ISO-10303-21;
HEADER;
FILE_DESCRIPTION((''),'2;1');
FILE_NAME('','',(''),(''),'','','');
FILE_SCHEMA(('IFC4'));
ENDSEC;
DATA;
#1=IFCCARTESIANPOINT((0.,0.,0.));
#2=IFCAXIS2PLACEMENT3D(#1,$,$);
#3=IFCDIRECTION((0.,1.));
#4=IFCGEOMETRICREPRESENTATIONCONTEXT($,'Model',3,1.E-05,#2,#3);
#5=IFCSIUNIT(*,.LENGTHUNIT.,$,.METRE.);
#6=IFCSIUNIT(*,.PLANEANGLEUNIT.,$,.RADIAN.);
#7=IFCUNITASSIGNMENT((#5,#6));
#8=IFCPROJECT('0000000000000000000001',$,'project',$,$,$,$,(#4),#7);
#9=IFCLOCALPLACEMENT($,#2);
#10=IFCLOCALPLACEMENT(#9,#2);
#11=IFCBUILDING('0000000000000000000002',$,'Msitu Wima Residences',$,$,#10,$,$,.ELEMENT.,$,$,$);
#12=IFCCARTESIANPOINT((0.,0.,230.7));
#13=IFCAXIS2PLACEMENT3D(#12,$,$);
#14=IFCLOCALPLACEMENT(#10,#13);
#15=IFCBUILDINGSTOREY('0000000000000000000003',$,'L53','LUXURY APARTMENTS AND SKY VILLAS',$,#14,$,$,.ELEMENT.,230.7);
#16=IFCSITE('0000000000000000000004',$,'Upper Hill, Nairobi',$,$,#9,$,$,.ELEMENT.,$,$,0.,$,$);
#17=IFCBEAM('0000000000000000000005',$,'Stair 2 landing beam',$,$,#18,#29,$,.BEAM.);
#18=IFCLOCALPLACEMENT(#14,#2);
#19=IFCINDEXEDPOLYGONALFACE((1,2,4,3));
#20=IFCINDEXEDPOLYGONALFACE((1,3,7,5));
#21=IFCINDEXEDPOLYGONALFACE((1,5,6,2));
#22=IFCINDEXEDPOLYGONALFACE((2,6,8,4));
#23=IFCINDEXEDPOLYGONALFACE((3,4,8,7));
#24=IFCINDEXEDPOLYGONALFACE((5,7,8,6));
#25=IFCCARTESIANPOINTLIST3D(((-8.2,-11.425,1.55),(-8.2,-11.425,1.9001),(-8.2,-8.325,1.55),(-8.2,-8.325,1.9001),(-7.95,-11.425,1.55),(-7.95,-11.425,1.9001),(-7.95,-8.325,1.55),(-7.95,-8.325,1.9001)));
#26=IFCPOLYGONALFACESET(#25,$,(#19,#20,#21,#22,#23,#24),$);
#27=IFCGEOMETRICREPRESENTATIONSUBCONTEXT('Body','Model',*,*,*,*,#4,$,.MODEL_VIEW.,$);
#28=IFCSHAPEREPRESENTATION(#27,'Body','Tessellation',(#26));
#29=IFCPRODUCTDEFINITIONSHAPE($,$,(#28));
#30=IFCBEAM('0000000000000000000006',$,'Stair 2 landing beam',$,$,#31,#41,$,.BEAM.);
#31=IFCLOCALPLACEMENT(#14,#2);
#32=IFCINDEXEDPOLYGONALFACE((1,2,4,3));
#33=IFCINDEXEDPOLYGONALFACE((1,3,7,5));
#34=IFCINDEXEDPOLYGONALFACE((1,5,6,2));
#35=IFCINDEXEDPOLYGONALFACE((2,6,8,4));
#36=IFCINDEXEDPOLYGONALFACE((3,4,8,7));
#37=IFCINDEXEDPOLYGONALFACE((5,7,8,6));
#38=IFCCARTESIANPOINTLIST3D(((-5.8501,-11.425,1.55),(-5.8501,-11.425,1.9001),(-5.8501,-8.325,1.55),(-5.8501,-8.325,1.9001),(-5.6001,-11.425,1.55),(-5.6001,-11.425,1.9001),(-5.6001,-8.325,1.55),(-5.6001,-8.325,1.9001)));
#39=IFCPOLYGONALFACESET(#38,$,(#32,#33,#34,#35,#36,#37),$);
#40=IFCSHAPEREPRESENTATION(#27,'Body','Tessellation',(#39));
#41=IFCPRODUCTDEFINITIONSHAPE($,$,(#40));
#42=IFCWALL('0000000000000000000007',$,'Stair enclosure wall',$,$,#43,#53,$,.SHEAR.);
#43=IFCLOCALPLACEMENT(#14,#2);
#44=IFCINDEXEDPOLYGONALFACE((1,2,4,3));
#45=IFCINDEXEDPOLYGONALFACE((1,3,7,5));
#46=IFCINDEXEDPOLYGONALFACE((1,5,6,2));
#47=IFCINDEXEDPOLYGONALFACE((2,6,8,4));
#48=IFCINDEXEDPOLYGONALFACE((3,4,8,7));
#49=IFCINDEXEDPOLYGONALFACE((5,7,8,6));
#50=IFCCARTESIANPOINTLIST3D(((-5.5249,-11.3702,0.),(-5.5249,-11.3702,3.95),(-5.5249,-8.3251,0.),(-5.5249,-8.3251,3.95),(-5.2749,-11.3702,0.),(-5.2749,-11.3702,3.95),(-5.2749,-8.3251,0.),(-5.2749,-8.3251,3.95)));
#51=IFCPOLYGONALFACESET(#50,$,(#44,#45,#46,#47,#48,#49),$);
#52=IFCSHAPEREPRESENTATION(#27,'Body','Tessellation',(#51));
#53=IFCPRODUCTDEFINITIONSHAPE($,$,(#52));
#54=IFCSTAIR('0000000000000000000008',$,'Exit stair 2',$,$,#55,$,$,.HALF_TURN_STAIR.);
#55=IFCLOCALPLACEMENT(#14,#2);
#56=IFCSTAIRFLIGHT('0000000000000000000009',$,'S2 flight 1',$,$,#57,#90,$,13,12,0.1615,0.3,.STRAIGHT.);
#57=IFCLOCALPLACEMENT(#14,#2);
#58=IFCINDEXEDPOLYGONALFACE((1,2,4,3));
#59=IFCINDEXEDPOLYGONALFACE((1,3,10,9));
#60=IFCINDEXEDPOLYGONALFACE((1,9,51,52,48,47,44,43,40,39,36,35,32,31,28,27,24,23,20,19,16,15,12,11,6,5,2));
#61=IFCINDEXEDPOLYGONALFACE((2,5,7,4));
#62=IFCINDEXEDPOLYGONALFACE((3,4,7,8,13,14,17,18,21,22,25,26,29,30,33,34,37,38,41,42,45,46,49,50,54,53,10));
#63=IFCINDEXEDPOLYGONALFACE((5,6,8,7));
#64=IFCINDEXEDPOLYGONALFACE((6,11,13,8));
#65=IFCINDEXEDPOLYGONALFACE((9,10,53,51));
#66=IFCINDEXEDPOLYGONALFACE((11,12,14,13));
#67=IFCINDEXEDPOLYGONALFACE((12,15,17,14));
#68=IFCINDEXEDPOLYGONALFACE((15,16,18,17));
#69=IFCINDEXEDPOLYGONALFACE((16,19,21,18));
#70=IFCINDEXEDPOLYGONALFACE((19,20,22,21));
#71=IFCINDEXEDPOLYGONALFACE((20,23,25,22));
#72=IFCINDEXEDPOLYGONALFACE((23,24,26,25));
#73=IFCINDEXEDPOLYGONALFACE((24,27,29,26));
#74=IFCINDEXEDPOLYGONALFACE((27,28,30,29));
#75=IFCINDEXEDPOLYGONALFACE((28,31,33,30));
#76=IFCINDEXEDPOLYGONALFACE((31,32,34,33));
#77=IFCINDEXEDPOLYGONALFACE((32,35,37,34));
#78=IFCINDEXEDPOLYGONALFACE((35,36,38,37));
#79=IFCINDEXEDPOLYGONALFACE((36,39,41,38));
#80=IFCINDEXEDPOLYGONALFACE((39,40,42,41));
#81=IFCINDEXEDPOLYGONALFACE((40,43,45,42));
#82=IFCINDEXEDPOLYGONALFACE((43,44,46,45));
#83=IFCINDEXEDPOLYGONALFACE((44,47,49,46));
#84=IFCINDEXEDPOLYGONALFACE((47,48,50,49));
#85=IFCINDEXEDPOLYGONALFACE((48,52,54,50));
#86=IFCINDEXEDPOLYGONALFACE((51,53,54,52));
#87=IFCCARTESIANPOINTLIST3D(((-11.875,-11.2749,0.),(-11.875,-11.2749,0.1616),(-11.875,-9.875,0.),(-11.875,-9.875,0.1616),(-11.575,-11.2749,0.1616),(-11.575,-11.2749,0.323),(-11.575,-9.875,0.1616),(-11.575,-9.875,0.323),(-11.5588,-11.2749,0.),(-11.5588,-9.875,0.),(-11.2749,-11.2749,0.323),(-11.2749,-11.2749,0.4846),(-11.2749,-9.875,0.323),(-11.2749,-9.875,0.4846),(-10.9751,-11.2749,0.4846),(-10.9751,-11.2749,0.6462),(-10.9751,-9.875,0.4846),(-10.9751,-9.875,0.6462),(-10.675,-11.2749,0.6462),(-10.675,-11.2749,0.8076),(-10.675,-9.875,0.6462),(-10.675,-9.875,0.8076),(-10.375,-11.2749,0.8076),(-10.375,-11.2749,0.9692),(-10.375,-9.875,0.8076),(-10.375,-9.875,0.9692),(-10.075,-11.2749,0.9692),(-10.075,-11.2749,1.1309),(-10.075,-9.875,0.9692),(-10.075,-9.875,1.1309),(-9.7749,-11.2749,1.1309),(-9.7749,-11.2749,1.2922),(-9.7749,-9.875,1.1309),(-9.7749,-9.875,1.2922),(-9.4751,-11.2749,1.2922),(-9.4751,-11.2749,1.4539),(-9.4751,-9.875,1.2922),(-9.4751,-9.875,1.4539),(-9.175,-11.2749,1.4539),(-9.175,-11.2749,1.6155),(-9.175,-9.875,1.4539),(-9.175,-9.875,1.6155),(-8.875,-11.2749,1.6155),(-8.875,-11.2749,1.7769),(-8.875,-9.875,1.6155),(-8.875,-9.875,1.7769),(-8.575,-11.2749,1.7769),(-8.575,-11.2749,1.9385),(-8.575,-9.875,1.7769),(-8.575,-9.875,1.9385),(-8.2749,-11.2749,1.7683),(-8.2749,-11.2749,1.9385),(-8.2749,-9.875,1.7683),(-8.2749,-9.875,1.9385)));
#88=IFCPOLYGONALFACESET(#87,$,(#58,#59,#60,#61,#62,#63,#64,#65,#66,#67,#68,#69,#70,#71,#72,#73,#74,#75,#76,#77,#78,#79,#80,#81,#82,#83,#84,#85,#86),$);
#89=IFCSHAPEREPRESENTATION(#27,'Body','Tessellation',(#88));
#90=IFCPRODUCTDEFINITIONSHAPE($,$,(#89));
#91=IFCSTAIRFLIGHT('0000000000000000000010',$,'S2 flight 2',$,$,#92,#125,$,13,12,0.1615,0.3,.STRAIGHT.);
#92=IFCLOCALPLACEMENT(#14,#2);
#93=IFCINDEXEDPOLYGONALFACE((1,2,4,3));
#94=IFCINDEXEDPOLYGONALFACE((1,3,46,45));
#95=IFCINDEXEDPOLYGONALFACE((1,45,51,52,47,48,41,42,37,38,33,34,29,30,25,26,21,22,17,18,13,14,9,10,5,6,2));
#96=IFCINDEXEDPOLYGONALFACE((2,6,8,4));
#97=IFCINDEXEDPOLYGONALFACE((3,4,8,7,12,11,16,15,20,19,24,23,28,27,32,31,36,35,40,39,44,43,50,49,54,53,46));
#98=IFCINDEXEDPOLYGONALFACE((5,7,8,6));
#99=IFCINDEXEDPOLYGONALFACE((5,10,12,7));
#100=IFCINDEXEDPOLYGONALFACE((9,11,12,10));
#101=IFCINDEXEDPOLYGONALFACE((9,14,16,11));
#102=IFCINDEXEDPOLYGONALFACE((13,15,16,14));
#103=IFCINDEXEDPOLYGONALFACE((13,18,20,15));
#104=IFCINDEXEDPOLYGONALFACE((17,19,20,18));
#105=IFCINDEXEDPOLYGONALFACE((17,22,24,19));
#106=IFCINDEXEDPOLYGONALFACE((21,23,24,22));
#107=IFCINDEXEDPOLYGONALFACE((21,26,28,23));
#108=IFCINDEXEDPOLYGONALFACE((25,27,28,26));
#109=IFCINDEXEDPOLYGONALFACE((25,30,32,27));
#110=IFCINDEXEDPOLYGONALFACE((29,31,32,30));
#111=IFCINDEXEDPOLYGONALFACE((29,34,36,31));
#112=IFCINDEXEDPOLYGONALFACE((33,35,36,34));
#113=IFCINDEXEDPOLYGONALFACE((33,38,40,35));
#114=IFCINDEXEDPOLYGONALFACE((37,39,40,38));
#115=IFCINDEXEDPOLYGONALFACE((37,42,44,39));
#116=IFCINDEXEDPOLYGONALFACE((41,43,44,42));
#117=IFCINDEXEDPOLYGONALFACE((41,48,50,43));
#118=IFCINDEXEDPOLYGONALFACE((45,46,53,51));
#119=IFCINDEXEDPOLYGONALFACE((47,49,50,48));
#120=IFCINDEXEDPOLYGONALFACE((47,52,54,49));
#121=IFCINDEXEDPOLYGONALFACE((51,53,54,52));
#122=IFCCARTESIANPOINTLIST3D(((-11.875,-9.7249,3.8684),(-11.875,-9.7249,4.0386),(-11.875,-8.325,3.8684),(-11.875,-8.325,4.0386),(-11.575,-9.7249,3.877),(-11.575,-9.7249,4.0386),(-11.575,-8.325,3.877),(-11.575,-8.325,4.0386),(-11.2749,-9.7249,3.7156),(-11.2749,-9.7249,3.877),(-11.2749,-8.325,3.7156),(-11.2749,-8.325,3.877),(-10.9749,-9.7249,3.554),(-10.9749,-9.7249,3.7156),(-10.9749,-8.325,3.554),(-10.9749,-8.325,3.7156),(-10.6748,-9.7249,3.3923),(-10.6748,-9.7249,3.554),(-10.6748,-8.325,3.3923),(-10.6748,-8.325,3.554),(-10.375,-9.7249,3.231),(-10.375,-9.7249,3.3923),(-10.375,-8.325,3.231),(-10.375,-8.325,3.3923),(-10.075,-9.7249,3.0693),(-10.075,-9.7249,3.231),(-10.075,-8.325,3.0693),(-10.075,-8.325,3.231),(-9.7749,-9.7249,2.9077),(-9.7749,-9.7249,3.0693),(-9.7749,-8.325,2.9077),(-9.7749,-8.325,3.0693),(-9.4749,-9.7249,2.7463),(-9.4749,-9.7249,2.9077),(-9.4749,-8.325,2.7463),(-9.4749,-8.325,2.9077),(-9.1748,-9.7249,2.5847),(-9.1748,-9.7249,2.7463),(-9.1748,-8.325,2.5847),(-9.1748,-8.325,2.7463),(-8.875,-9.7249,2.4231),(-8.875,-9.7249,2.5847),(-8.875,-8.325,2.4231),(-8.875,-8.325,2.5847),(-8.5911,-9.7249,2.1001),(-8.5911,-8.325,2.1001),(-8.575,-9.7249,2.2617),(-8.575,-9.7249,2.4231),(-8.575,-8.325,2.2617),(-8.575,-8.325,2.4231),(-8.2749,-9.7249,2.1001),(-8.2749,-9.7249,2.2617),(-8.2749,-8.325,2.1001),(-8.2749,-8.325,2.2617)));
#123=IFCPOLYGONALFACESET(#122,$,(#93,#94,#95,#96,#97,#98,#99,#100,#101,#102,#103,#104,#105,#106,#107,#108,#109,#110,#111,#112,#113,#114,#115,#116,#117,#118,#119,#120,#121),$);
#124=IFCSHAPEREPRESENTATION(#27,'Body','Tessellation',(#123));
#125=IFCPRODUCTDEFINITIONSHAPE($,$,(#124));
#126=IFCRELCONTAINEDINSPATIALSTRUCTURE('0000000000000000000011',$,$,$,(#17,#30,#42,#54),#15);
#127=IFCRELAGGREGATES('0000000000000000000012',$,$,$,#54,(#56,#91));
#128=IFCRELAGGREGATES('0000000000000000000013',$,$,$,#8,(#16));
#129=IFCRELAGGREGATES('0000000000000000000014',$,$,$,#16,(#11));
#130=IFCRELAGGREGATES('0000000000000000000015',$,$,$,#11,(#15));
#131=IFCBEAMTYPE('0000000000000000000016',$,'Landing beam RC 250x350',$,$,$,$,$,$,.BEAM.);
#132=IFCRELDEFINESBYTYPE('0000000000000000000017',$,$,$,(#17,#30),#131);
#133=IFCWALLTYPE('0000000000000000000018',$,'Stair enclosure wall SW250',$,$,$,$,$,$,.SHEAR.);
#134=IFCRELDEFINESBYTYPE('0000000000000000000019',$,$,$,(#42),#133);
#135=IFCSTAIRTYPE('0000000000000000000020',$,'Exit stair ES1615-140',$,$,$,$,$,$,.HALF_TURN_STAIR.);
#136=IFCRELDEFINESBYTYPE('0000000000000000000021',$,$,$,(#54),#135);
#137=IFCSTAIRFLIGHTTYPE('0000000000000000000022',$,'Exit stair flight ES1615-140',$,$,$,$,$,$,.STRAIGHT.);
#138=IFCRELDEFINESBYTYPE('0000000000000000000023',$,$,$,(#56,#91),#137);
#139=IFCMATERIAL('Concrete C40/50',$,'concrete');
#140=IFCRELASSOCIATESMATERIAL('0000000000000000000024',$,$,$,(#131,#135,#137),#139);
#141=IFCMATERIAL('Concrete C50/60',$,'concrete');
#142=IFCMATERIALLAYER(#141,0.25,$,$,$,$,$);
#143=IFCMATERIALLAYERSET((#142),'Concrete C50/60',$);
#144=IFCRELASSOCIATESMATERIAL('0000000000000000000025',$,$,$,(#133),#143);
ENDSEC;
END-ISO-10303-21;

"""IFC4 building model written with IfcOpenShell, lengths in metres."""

from ifc_helpers import new_model, si_unit, direction, frame, frame_2d, origin, origin_2d, place, context, subcontext, project, spatial, polyline, rectangle, outline, extrude, material, layer, layer_set, material_profile, profile_set, type_object, element, aggregate, save


model = new_model("IFC4")

# Units and contexts
model_context = context("Model", 3, precision=1e-05, world=origin(), true_north=direction((0.0, 1.0)))
body_context = subcontext(model_context, "Body", "Model", "MODEL_VIEW")
ifc_project = project(units=[si_unit("LENGTHUNIT", "METRE"), si_unit("PLANEANGLEUNIT", "RADIAN")], contexts=[model_context])

# Site, building, storey
site_placement = place(None, origin())
site = spatial("IfcSite", under=ifc_project, at=site_placement, Name="Upper Hill, Nairobi", CompositionType="ELEMENT", RefElevation=0.0)
building_placement = place(site_placement, origin())
building = spatial("IfcBuilding", under=site, at=building_placement, Name="Msitu Wima Residences", CompositionType="ELEMENT")
storey_placement = place(building_placement, frame((0.0, 0.0, 230.7)))
storey = spatial("IfcBuildingStorey", under=building, at=storey_placement, Name="L53", Description="LUXURY APARTMENTS AND SKY VILLAS", CompositionType="ELEMENT", Elevation=230.7)

# Beams
ifc_material_1 = material(Name="Concrete C40/50", Category="concrete")
ifc_material_profile = material_profile(ifc_material_1, rectangle(XDim=0.25, YDim=0.3501, at=origin_2d()), Name="RC 250x350")
ifc_profile_set = profile_set([ifc_material_profile], Name="Concrete C40/50")
beam_type = type_object("IfcBeamType", Name="Landing beam RC 250x350", PredefinedType="BEAM", material=ifc_profile_set)
for number, where, z_axis, x_axis, name in (
    (1, (-8.075, -11.425, 1.7251), (0.0, 1.0, 0.0), (-1.0, 0.0, 0.0), "Stair 2 landing beam"),
    (2, (-5.7251, -11.425, 1.7251), (0.0, 1.0, 0.0), (-1.0, 0.0, 0.0), "Stair 2 landing beam"),
):
    element("IfcBeam", number, at=place(storey_placement, frame(where, z_axis=z_axis, x_axis=x_axis)), inside=storey, type_object=beam_type, Name=name, PredefinedType="BEAM", context=body_context, shape_type="SweptSolid", body=[
        extrude(rectangle(XDim=0.25, YDim=0.3501, at=origin_2d()), origin(), (0.0, 0.0, 1.0), 3.1001),
    ])

# Wall
ifc_material_2 = material(Name="Concrete C50/60", Category="concrete")
ifc_layer = layer(ifc_material_2, 0.25)
ifc_layer_set = layer_set([ifc_layer], Name="Concrete C50/60")
wall_type = type_object("IfcWallType", Name="Stair enclosure wall SW250", PredefinedType="SHEAR", material=ifc_layer_set)
wall_placement = place(storey_placement, frame((-5.3999, -11.3701, 0.0), z_axis=(0.0, 0.0, 1.0), x_axis=(0.0, 1.0, 0.0)))
element("IfcWall", 3, at=wall_placement, inside=storey, type_object=wall_type, Name="Stair enclosure wall", PredefinedType="SHEAR", context=body_context, shape_type="SweptSolid", body=[
    extrude(rectangle(XDim=3.0452, YDim=0.25, at=frame_2d((1.5225, 0.0))), origin(), (0.0, 0.0, 1.0), 3.95),
])

# Stair, stair flights
stair_type = type_object("IfcStairType", Name="Exit stair ES1615-140", PredefinedType="HALF_TURN_STAIR", material=ifc_material_1)
stair_placement = place(storey_placement, origin())
stair = element("IfcStair", 4, at=stair_placement, inside=storey, type_object=stair_type, Name="Exit stair 2", PredefinedType="HALF_TURN_STAIR")
stair_flight_type = type_object("IfcStairFlightType", Name="Exit stair flight ES1615-140", PredefinedType="STRAIGHT", material=ifc_material_1)
stair_flight_1_placement = place(storey_placement, frame((-11.875, -10.575, 0.0), z_axis=(0.0, 0.0, 1.0), x_axis=(1.0, 0.0, 0.0)))
stair_flight_1 = element("IfcStairFlight", 5, at=stair_flight_1_placement, type_object=stair_flight_type, Name="S2 flight 1", NumberOfRisers=13, NumberOfTreads=12, PredefinedType="STRAIGHT", RiserHeight=0.1615, TreadLength=0.3, context=body_context, shape_type="SweptSolid", body=[
    extrude(outline(polyline([(0.0, 0.0), (0.0, 0.1616), (0.3, 0.1616), (0.3, 0.323), (0.6001, 0.323), (0.6001, 0.4846), (0.8999, 0.4846), (0.8999, 0.6462), (1.2, 0.6462), (1.2, 0.8076), (1.5, 0.8076), (1.5, 0.9692), (1.8, 0.9692), (1.8, 1.1309), (2.1001, 1.1309), (2.1001, 1.2922), (2.3999, 1.2922), (2.3999, 1.4539), (2.7, 1.4539), (2.7, 1.6155), (3.0, 1.6155), (3.0, 1.7769), (3.3, 1.7769), (3.3, 1.9385), (3.6001, 1.9385), (3.6001, 2.1001), (3.6001, 1.7683), (0.3162, 0.0), (0.0, 0.0)])), frame((0.0, 0.7, 0.0), z_axis=(0.0, -1.0, 0.0), x_axis=(1.0, 0.0, 0.0)), (0.0, 0.0, 1.0), 1.3999),
])
stair_flight_2_placement = place(storey_placement, frame((-8.2749, -9.0249, 2.1001), z_axis=(0.0, 0.0, 1.0), x_axis=(-1.0, 0.0, 0.0)))
stair_flight_2 = element("IfcStairFlight", 6, at=stair_flight_2_placement, type_object=stair_flight_type, Name="S2 flight 2", NumberOfRisers=13, NumberOfTreads=12, PredefinedType="STRAIGHT", RiserHeight=0.1615, TreadLength=0.3, context=body_context, shape_type="SweptSolid", body=[
    extrude(outline(polyline([(0.0, 0.0), (0.0, 0.1616), (0.3, 0.1616), (0.3, 0.323), (0.6001, 0.323), (0.6001, 0.4846), (0.8999, 0.4846), (0.8999, 0.6462), (1.2, 0.6462), (1.2, 0.8076), (1.5, 0.8076), (1.5, 0.9692), (1.8, 0.9692), (1.8, 1.1309), (2.1001, 1.1309), (2.1001, 1.2922), (2.3999, 1.2922), (2.3999, 1.4539), (2.7, 1.4539), (2.7, 1.6155), (3.0, 1.6155), (3.0, 1.7769), (3.3, 1.7769), (3.3, 1.9385), (3.6001, 1.9385), (3.6001, 2.1001), (3.6001, 1.7683), (0.3162, 0.0), (0.0, 0.0)])), frame((0.0, 0.7, 0.0), z_axis=(0.0, -1.0, 0.0), x_axis=(1.0, 0.0, 0.0)), (0.0, 0.0, 1.0), 1.3999),
])
aggregate(stair, [stair_flight_1, stair_flight_2])

save(model, "model.ifc")
